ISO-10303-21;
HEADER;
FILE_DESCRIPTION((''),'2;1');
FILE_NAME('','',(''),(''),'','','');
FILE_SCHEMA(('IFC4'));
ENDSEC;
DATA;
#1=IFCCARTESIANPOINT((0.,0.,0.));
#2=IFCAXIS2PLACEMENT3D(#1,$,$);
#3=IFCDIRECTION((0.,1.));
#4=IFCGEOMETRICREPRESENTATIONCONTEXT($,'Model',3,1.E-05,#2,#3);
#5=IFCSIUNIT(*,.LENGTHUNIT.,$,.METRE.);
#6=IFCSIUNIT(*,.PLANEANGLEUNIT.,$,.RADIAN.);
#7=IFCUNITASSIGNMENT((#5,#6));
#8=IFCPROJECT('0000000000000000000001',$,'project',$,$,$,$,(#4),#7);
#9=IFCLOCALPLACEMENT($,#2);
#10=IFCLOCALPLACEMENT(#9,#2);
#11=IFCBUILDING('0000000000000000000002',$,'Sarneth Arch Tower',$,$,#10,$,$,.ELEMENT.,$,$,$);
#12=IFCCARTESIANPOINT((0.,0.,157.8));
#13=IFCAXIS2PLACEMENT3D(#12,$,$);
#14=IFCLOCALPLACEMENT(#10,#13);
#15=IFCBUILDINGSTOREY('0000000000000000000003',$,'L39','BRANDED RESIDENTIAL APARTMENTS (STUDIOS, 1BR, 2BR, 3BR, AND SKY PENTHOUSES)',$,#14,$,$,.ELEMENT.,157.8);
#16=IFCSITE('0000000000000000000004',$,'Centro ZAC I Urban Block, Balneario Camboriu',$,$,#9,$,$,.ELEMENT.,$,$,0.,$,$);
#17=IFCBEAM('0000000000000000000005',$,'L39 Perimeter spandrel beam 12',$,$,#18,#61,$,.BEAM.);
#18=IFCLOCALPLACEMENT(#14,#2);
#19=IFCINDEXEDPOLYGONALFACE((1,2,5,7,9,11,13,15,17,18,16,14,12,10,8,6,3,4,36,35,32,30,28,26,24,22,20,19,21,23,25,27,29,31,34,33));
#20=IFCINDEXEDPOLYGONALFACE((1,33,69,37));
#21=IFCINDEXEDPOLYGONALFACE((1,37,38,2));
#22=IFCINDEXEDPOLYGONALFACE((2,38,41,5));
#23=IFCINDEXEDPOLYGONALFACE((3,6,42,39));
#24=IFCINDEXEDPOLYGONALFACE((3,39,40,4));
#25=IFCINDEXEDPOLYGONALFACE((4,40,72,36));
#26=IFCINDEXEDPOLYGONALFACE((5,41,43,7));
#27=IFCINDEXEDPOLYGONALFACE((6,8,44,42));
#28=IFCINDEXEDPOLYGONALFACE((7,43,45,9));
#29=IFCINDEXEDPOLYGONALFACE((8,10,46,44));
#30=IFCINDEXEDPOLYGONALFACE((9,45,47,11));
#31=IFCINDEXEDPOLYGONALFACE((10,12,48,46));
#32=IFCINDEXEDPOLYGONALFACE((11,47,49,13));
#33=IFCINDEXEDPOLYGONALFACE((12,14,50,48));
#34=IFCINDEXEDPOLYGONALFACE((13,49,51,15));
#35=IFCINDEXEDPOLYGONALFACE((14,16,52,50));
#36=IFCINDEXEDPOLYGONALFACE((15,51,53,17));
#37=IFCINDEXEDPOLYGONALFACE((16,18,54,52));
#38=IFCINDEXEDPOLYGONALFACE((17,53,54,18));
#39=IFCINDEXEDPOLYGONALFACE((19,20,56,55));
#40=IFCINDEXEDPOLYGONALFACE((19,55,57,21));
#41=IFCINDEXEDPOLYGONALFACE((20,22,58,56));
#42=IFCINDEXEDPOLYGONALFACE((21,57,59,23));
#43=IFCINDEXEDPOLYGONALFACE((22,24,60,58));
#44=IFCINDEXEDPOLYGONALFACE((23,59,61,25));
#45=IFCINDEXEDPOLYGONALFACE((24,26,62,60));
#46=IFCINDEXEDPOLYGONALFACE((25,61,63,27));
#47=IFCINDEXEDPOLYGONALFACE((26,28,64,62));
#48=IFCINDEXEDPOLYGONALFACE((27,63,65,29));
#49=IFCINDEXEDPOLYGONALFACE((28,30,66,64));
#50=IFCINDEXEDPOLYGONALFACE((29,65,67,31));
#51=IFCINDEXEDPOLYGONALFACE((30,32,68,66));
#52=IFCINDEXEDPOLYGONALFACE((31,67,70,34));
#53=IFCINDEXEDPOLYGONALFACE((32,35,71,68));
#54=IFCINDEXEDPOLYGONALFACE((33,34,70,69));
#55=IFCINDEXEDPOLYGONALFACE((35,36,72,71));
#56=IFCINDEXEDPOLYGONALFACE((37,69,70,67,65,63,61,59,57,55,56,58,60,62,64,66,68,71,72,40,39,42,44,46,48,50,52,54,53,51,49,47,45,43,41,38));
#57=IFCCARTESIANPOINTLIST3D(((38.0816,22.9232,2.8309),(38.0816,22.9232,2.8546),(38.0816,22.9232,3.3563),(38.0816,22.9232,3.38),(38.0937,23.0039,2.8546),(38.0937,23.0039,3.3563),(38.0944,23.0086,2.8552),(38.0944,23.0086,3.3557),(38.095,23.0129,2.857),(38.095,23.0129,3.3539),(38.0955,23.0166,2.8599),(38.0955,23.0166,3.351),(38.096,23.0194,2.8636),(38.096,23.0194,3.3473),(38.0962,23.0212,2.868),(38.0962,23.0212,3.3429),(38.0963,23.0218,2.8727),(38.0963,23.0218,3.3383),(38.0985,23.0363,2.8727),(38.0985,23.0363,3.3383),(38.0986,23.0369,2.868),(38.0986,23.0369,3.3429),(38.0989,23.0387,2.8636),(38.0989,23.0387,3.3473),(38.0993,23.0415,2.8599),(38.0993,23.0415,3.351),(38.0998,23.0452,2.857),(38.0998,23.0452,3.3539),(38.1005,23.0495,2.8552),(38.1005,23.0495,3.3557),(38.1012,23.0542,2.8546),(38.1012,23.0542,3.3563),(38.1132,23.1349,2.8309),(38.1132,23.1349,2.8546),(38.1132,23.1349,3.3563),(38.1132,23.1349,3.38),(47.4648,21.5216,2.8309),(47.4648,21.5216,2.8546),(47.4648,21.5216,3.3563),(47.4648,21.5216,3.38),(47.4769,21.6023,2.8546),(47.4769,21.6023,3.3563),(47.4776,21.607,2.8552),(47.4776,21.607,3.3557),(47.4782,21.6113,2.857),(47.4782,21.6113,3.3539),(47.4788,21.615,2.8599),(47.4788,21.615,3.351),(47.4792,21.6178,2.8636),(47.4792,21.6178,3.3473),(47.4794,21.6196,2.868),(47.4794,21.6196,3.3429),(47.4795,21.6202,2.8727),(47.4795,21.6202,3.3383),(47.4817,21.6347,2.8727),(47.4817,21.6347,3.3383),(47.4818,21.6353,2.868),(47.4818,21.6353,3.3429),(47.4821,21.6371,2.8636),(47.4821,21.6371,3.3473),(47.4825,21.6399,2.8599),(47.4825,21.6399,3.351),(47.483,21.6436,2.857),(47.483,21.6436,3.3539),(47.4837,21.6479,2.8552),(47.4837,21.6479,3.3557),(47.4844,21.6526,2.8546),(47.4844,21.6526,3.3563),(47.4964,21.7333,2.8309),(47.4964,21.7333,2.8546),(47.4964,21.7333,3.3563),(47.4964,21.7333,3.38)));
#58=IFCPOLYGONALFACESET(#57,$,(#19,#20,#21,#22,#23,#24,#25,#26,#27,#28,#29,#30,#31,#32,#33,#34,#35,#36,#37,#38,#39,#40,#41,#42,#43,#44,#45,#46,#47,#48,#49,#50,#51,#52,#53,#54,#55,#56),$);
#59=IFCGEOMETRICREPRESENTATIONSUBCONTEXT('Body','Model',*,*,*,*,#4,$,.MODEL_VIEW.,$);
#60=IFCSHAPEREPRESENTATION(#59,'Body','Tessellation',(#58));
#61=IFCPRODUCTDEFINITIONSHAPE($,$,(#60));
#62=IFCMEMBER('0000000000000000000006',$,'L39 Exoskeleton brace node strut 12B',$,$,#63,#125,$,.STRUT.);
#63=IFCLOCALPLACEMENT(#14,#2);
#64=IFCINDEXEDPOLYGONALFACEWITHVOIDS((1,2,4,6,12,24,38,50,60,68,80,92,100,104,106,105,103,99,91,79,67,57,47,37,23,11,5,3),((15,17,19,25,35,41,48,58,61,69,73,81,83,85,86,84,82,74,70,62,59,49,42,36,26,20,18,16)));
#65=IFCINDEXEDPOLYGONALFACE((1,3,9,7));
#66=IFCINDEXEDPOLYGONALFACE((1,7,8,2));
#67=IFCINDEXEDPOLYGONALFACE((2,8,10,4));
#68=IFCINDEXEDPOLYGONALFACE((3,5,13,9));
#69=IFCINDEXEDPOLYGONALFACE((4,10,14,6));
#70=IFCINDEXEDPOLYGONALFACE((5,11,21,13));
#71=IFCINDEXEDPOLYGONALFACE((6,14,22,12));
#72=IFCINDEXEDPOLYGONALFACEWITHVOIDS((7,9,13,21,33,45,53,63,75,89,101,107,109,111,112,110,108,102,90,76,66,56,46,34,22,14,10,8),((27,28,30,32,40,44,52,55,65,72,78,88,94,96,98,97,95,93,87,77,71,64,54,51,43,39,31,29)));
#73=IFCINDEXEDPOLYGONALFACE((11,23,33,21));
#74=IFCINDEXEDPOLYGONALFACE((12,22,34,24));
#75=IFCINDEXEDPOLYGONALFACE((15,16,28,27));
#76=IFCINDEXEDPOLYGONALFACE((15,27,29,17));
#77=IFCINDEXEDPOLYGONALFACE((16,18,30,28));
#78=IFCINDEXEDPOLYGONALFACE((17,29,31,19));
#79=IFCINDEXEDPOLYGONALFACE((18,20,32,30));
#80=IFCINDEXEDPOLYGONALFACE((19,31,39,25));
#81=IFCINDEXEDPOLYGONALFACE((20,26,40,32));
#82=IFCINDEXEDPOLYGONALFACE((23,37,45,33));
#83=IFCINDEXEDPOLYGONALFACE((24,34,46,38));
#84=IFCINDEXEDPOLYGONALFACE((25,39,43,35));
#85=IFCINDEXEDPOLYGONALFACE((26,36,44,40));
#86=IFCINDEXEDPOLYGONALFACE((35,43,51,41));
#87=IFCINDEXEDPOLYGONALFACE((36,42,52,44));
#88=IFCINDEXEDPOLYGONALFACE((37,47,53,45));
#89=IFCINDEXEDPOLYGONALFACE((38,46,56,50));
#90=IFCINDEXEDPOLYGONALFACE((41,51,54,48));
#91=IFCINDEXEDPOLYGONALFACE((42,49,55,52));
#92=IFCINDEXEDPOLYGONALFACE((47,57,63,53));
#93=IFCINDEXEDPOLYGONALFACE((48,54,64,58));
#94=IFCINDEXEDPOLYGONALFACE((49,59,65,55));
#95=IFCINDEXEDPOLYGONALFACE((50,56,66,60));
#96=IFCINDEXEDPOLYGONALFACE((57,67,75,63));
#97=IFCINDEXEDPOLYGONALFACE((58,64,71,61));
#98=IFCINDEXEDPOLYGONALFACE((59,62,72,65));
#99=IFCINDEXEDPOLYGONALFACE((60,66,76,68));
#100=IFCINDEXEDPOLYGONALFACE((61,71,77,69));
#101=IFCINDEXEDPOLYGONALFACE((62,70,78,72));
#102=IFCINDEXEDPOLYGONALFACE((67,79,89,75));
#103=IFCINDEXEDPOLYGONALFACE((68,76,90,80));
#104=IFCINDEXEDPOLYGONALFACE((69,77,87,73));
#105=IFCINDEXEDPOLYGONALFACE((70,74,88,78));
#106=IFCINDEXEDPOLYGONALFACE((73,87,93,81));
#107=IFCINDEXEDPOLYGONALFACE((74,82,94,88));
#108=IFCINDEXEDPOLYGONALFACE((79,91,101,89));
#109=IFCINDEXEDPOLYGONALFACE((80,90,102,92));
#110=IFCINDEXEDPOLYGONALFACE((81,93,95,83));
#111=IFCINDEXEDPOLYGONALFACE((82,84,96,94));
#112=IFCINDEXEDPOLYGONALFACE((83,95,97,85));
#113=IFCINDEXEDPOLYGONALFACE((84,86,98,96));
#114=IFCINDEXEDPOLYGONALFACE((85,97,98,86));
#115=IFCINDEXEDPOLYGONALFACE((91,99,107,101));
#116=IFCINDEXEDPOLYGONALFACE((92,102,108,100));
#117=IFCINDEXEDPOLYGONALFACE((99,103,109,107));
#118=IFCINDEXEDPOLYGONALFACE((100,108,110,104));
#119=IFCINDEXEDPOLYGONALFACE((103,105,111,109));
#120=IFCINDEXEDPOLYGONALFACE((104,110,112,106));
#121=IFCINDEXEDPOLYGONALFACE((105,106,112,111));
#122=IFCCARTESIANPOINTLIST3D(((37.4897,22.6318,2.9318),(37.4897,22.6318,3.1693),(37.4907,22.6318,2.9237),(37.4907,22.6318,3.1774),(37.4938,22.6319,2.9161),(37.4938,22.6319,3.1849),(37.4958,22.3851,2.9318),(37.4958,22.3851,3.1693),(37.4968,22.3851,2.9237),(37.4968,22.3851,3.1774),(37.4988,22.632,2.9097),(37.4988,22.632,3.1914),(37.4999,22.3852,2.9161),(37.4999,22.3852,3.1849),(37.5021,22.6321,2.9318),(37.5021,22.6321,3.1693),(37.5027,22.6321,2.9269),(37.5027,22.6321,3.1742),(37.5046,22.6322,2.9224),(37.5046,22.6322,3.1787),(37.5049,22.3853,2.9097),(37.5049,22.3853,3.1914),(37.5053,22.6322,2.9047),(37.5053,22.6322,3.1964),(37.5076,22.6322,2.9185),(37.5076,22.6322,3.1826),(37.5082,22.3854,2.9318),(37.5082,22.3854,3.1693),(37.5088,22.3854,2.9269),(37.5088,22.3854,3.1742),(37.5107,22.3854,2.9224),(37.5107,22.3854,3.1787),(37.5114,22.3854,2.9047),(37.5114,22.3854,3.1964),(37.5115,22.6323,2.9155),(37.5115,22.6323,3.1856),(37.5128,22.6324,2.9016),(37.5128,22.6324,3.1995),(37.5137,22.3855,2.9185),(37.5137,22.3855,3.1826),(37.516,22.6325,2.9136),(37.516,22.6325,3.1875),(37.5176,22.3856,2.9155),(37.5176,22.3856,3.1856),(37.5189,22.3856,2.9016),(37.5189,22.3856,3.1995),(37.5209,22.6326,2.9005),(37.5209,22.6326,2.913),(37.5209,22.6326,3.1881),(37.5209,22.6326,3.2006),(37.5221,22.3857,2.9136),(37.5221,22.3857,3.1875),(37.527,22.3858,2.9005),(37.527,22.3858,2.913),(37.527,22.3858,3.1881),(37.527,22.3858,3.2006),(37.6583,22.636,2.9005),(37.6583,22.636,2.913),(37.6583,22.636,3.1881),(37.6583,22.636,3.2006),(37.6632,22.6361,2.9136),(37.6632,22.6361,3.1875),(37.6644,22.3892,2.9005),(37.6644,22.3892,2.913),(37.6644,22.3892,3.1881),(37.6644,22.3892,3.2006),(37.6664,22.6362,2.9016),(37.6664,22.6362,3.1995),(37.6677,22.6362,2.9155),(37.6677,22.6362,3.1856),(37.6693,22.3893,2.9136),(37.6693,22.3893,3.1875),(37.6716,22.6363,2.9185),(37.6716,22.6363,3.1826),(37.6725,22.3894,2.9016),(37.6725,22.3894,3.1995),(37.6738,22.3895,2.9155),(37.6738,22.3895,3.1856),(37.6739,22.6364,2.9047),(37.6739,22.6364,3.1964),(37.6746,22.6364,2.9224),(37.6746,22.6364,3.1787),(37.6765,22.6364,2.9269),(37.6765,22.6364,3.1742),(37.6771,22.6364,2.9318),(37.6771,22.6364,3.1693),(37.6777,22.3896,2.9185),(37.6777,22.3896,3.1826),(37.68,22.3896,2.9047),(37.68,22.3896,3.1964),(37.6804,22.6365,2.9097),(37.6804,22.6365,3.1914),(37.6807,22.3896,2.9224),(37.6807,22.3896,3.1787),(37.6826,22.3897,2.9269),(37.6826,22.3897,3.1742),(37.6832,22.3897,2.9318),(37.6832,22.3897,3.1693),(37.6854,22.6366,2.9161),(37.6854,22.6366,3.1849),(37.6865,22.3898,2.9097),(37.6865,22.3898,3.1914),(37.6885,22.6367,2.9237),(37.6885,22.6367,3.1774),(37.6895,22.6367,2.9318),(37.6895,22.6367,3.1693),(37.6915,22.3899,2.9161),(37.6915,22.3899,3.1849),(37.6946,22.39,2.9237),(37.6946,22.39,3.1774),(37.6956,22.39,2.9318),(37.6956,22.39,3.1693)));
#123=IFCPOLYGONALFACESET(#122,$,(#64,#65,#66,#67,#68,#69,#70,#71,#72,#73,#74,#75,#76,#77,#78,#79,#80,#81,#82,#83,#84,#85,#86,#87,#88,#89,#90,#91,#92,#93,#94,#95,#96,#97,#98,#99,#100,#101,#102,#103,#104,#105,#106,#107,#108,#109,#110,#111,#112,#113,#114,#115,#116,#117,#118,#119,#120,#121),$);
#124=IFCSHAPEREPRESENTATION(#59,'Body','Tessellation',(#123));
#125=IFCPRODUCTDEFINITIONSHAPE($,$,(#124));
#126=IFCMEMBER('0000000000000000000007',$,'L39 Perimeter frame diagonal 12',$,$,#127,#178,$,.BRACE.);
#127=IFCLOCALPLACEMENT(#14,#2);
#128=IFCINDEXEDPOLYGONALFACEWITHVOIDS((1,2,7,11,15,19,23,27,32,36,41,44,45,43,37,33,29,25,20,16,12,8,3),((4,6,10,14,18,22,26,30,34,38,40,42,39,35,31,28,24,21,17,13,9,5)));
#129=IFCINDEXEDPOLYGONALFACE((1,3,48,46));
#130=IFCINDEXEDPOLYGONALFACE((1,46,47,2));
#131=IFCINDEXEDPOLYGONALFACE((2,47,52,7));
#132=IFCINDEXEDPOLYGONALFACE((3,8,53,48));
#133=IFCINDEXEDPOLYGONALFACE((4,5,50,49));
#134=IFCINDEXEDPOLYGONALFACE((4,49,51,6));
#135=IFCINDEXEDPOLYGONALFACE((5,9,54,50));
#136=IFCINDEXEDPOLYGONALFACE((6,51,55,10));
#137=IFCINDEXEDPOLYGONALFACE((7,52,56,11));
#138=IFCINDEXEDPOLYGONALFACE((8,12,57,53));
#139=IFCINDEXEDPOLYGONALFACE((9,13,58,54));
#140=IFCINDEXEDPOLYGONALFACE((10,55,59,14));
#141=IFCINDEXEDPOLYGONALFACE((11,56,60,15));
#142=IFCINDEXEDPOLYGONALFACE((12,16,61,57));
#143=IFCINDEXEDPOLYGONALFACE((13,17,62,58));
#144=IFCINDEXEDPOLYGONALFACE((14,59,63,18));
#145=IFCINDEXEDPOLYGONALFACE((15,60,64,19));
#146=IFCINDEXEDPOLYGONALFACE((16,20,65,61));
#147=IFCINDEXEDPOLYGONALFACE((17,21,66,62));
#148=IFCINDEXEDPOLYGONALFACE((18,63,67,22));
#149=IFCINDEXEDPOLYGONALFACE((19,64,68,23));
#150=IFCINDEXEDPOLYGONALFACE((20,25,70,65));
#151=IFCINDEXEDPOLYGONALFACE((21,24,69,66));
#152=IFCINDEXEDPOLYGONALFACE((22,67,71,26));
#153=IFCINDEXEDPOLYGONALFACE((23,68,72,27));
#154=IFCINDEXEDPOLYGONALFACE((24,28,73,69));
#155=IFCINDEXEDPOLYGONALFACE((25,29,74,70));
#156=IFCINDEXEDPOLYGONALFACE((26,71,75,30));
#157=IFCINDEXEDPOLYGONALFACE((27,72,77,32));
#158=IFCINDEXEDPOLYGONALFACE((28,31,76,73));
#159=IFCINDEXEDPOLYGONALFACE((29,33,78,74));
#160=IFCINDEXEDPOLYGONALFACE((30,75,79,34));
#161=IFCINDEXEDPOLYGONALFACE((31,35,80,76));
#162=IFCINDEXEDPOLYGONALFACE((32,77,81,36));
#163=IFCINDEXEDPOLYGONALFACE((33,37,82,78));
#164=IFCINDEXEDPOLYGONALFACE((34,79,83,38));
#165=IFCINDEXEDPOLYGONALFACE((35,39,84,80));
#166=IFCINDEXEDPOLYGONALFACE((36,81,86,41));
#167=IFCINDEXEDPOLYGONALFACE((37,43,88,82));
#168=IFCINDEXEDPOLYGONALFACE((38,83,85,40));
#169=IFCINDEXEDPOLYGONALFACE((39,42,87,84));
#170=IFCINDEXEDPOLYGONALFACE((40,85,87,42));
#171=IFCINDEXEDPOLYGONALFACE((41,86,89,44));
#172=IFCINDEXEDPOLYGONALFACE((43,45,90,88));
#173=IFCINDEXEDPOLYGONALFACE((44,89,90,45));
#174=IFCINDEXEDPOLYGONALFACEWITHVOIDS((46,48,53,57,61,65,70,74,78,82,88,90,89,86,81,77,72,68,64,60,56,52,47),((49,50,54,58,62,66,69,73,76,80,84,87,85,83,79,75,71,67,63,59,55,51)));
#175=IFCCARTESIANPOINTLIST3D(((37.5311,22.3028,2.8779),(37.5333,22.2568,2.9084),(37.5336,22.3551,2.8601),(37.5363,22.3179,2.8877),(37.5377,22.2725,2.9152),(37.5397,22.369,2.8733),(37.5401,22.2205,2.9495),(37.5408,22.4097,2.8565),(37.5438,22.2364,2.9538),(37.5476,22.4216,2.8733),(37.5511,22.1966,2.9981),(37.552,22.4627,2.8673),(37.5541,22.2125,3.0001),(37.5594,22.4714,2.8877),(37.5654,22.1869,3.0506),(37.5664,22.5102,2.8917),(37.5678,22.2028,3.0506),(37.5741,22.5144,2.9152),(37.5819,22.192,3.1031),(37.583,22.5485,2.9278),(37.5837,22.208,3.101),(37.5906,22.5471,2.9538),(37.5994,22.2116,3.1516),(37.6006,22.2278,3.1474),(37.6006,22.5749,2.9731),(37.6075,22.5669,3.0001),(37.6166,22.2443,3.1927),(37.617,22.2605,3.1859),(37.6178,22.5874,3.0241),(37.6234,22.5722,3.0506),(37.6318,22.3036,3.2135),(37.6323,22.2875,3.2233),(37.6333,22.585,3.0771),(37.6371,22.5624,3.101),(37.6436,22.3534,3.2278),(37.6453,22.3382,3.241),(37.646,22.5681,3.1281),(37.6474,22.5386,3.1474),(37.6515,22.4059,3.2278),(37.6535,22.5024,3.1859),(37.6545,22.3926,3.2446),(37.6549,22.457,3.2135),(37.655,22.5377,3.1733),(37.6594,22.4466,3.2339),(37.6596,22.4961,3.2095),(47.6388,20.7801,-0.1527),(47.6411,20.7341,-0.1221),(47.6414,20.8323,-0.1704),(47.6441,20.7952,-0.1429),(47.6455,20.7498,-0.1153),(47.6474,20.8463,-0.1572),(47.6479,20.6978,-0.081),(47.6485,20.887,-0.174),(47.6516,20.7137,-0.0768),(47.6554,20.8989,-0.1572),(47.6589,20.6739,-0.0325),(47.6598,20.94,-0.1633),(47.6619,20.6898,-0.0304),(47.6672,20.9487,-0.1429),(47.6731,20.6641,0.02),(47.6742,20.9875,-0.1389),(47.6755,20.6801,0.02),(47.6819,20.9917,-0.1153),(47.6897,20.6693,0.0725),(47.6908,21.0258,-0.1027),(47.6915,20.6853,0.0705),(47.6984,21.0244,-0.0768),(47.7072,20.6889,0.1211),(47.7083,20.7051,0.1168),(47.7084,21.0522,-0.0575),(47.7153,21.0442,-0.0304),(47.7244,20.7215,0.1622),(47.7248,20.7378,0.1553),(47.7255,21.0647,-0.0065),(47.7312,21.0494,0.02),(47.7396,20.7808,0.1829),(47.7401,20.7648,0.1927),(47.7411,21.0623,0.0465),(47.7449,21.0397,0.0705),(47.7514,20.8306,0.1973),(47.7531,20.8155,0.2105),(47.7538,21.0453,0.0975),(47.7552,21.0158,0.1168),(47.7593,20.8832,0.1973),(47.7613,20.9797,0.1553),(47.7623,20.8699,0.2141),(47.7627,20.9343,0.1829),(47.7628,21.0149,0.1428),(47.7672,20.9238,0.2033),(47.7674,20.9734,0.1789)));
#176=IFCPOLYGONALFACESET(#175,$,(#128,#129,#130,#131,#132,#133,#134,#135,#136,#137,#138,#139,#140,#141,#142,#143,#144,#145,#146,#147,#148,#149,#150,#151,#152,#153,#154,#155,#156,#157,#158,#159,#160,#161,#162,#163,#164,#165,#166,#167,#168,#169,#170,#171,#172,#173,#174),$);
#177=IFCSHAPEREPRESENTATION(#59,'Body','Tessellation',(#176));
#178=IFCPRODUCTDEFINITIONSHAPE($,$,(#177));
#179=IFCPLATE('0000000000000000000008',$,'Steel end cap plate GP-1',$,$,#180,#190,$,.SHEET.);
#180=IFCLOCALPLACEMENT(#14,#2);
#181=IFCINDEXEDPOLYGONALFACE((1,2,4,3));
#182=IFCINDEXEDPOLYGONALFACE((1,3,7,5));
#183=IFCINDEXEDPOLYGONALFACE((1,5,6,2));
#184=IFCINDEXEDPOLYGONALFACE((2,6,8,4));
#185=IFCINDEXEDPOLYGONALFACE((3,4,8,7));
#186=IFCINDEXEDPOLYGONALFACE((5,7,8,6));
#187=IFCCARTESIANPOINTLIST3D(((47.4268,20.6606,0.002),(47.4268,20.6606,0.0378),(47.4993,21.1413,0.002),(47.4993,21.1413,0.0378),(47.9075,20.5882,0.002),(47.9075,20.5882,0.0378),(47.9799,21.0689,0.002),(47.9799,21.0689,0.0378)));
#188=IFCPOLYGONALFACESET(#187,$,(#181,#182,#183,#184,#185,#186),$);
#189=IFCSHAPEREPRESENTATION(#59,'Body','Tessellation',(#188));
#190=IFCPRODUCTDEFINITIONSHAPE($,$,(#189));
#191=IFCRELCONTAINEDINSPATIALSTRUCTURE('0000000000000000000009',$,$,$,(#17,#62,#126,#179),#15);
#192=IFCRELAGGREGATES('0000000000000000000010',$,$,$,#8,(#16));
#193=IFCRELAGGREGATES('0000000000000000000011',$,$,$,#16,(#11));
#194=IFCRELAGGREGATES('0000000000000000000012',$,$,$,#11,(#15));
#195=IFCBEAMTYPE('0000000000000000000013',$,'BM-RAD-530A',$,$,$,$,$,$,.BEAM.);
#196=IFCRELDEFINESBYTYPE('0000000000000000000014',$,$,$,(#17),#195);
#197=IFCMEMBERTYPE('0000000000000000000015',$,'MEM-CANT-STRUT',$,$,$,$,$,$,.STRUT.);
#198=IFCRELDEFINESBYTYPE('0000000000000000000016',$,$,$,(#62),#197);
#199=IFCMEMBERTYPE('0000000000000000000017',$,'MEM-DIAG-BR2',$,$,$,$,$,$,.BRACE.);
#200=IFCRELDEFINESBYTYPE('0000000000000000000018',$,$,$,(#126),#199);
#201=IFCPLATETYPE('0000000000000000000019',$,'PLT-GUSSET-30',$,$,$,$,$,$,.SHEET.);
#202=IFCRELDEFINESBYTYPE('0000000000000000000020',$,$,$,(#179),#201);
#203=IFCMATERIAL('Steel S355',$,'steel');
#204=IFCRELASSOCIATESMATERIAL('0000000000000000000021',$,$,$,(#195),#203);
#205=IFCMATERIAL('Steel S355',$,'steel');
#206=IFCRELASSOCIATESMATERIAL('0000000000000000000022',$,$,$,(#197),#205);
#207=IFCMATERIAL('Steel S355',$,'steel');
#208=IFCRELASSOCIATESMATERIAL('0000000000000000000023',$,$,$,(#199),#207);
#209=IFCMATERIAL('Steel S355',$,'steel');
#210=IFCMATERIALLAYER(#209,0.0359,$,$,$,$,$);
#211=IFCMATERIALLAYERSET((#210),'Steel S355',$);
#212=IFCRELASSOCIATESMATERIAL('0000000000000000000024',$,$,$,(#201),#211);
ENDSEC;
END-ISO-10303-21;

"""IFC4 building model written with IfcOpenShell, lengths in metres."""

from ifc_helpers import new_model, si_unit, direction, frame, origin, origin_2d, place, context, subcontext, project, spatial, rectangle, hollow_rectangle, hollow_circle, i_section, extrude, material, layer, layer_set, material_profile, profile_set, type_object, element, save


model = new_model("IFC4")

# Units and contexts
model_context = context("Model", 3, precision=1e-05, world=origin(), true_north=direction((0.0, 1.0)))
body_context = subcontext(model_context, "Body", "Model", "MODEL_VIEW")
ifc_project = project(units=[si_unit("LENGTHUNIT", "METRE"), si_unit("PLANEANGLEUNIT", "RADIAN")], contexts=[model_context])

# Site, building, storey
site_placement = place(None, origin())
site = spatial("IfcSite", under=ifc_project, at=site_placement, Name="Centro ZAC I Urban Block, Balneario Camboriu", CompositionType="ELEMENT", RefElevation=0.0)
building_placement = place(site_placement, origin())
building = spatial("IfcBuilding", under=site, at=building_placement, Name="Sarneth Arch Tower", CompositionType="ELEMENT")
storey_placement = place(building_placement, frame((0.0, 0.0, 157.8)))
storey = spatial("IfcBuildingStorey", under=building, at=storey_placement, Name="L39", Description="BRANDED RESIDENTIAL APARTMENTS (STUDIOS, 1BR, 2BR, 3BR, AND SKY PENTHOUSES)", CompositionType="ELEMENT", Elevation=157.8)

# Beam
ifc_material_1 = material(Name="Steel S355", Category="steel")
ifc_material_profile_1 = material_profile(ifc_material_1, i_section(OverallWidth=0.2141, OverallDepth=0.5491, WebThickness=0.0146, FlangeThickness=0.0237, FilletRadius=0.0181, at=origin_2d()), Name="W530x138")
ifc_profile_set_1 = profile_set([ifc_material_profile_1], Name="Steel S355")
beam_type_1 = type_object("IfcBeamType", Name="BM-RAD-530A", PredefinedType="BEAM", material=ifc_profile_set_1)
beam_1_placement = place(storey_placement, frame((38.0974, 23.0291, 3.1055), z_axis=(0.989027, -0.147734, 0.0), x_axis=(0.147734, 0.989027, 0.0)))
element("IfcBeam", 1, at=beam_1_placement, inside=storey, type_object=beam_type_1, Name="L39 Perimeter spandrel beam 12", PredefinedType="BEAM", context=body_context, shape_type="SweptSolid", body=[
    extrude(i_section(OverallWidth=0.2141, OverallDepth=0.5491, WebThickness=0.0146, FlangeThickness=0.0237, FilletRadius=0.0181, at=origin_2d()), origin(), (0.0, 0.0, 1.0), 9.4873),
])

# Members
ifc_material_2 = material(Name="Steel S355", Category="steel")
ifc_material_profile_2 = material_profile(ifc_material_2, hollow_rectangle(XDim=0.2, YDim=0.3, WallThickness=0.0125, InnerFilletRadius=0.0188, OuterFilletRadius=0.0312, at=origin_2d()), Name="RHS300x200x12.5")
ifc_profile_set_2 = profile_set([ifc_material_profile_2], Name="Steel S355")
member_type_1 = type_object("IfcMemberType", Name="MEM-CANT-STRUT", PredefinedType="STRUT", material=ifc_profile_set_2)
member_1_placement = place(storey_placement, frame((37.5896, 22.6343, 3.0505), z_axis=(0.02472, -0.999694, 0.0), x_axis=(0.999694, 0.02472, 0.0)))
element("IfcMember", 2, at=member_1_placement, inside=storey, type_object=member_type_1, Name="L39 Exoskeleton brace node strut 12B", PredefinedType="STRUT", context=body_context, shape_type="SweptSolid", body=[
    extrude(hollow_rectangle(XDim=0.2, YDim=0.3, WallThickness=0.0125, InnerFilletRadius=0.0188, OuterFilletRadius=0.0312, at=origin_2d()), origin(), (0.0, 0.0, 1.0), 0.2468),
])
ifc_material_3 = material(Name="Steel S355", Category="steel")
ifc_material_profile_3 = material_profile(ifc_material_3, hollow_circle(Radius=0.2029, WallThickness=0.0161, at=origin_2d()), Name="CHS406x16")
ifc_profile_set_3 = profile_set([ifc_material_profile_3], Name="Steel S355")
member_type_2 = type_object("IfcMemberType", Name="MEM-DIAG-BR2", PredefinedType="BRACE", material=ifc_profile_set_3)
member_2_placement = place(storey_placement, frame((47.7034, 20.8647, 0.02), z_axis=(-0.948053, 0.142823, 0.284249), x_axis=(-0.148968, -0.988842, 0.0)))
element("IfcMember", 3, at=member_2_placement, inside=storey, type_object=member_type_2, Name="L39 Perimeter frame diagonal 12", PredefinedType="BRACE", context=body_context, shape_type="SweptSolid", body=[
    extrude(hollow_circle(Radius=0.2029, WallThickness=0.0161, at=origin_2d()), origin(), (0.0, 0.0, 1.0), 10.6616),
])

# Plate
ifc_material_4 = material(Name="Steel S355", Category="steel")
ifc_layer_1 = layer(ifc_material_4, 0.0359)
ifc_layer_set_1 = layer_set([ifc_layer_1], Name="Steel S355")
plate_type = type_object("IfcPlateType", Name="PLT-GUSSET-30", PredefinedType="SHEET", material=ifc_layer_set_1)
for number, where, z_axis, x_axis, name in (
    (4, (47.7034, 20.8647, 0.002), (0.0, 0.0, 1.0), (0.988835, -0.149018, 0.0), "Steel end cap plate GP-1"),
):
    element("IfcPlate", number, at=place(storey_placement, frame(where, z_axis=z_axis, x_axis=x_axis)), inside=storey, type_object=plate_type, Name=name, PredefinedType="SHEET", context=body_context, shape_type="SweptSolid", body=[
        extrude(rectangle(XDim=0.4861, YDim=0.4861, at=origin_2d()), origin(), (0.0, 0.0, 1.0), 0.0359),
    ])

save(model, "model.ifc")
